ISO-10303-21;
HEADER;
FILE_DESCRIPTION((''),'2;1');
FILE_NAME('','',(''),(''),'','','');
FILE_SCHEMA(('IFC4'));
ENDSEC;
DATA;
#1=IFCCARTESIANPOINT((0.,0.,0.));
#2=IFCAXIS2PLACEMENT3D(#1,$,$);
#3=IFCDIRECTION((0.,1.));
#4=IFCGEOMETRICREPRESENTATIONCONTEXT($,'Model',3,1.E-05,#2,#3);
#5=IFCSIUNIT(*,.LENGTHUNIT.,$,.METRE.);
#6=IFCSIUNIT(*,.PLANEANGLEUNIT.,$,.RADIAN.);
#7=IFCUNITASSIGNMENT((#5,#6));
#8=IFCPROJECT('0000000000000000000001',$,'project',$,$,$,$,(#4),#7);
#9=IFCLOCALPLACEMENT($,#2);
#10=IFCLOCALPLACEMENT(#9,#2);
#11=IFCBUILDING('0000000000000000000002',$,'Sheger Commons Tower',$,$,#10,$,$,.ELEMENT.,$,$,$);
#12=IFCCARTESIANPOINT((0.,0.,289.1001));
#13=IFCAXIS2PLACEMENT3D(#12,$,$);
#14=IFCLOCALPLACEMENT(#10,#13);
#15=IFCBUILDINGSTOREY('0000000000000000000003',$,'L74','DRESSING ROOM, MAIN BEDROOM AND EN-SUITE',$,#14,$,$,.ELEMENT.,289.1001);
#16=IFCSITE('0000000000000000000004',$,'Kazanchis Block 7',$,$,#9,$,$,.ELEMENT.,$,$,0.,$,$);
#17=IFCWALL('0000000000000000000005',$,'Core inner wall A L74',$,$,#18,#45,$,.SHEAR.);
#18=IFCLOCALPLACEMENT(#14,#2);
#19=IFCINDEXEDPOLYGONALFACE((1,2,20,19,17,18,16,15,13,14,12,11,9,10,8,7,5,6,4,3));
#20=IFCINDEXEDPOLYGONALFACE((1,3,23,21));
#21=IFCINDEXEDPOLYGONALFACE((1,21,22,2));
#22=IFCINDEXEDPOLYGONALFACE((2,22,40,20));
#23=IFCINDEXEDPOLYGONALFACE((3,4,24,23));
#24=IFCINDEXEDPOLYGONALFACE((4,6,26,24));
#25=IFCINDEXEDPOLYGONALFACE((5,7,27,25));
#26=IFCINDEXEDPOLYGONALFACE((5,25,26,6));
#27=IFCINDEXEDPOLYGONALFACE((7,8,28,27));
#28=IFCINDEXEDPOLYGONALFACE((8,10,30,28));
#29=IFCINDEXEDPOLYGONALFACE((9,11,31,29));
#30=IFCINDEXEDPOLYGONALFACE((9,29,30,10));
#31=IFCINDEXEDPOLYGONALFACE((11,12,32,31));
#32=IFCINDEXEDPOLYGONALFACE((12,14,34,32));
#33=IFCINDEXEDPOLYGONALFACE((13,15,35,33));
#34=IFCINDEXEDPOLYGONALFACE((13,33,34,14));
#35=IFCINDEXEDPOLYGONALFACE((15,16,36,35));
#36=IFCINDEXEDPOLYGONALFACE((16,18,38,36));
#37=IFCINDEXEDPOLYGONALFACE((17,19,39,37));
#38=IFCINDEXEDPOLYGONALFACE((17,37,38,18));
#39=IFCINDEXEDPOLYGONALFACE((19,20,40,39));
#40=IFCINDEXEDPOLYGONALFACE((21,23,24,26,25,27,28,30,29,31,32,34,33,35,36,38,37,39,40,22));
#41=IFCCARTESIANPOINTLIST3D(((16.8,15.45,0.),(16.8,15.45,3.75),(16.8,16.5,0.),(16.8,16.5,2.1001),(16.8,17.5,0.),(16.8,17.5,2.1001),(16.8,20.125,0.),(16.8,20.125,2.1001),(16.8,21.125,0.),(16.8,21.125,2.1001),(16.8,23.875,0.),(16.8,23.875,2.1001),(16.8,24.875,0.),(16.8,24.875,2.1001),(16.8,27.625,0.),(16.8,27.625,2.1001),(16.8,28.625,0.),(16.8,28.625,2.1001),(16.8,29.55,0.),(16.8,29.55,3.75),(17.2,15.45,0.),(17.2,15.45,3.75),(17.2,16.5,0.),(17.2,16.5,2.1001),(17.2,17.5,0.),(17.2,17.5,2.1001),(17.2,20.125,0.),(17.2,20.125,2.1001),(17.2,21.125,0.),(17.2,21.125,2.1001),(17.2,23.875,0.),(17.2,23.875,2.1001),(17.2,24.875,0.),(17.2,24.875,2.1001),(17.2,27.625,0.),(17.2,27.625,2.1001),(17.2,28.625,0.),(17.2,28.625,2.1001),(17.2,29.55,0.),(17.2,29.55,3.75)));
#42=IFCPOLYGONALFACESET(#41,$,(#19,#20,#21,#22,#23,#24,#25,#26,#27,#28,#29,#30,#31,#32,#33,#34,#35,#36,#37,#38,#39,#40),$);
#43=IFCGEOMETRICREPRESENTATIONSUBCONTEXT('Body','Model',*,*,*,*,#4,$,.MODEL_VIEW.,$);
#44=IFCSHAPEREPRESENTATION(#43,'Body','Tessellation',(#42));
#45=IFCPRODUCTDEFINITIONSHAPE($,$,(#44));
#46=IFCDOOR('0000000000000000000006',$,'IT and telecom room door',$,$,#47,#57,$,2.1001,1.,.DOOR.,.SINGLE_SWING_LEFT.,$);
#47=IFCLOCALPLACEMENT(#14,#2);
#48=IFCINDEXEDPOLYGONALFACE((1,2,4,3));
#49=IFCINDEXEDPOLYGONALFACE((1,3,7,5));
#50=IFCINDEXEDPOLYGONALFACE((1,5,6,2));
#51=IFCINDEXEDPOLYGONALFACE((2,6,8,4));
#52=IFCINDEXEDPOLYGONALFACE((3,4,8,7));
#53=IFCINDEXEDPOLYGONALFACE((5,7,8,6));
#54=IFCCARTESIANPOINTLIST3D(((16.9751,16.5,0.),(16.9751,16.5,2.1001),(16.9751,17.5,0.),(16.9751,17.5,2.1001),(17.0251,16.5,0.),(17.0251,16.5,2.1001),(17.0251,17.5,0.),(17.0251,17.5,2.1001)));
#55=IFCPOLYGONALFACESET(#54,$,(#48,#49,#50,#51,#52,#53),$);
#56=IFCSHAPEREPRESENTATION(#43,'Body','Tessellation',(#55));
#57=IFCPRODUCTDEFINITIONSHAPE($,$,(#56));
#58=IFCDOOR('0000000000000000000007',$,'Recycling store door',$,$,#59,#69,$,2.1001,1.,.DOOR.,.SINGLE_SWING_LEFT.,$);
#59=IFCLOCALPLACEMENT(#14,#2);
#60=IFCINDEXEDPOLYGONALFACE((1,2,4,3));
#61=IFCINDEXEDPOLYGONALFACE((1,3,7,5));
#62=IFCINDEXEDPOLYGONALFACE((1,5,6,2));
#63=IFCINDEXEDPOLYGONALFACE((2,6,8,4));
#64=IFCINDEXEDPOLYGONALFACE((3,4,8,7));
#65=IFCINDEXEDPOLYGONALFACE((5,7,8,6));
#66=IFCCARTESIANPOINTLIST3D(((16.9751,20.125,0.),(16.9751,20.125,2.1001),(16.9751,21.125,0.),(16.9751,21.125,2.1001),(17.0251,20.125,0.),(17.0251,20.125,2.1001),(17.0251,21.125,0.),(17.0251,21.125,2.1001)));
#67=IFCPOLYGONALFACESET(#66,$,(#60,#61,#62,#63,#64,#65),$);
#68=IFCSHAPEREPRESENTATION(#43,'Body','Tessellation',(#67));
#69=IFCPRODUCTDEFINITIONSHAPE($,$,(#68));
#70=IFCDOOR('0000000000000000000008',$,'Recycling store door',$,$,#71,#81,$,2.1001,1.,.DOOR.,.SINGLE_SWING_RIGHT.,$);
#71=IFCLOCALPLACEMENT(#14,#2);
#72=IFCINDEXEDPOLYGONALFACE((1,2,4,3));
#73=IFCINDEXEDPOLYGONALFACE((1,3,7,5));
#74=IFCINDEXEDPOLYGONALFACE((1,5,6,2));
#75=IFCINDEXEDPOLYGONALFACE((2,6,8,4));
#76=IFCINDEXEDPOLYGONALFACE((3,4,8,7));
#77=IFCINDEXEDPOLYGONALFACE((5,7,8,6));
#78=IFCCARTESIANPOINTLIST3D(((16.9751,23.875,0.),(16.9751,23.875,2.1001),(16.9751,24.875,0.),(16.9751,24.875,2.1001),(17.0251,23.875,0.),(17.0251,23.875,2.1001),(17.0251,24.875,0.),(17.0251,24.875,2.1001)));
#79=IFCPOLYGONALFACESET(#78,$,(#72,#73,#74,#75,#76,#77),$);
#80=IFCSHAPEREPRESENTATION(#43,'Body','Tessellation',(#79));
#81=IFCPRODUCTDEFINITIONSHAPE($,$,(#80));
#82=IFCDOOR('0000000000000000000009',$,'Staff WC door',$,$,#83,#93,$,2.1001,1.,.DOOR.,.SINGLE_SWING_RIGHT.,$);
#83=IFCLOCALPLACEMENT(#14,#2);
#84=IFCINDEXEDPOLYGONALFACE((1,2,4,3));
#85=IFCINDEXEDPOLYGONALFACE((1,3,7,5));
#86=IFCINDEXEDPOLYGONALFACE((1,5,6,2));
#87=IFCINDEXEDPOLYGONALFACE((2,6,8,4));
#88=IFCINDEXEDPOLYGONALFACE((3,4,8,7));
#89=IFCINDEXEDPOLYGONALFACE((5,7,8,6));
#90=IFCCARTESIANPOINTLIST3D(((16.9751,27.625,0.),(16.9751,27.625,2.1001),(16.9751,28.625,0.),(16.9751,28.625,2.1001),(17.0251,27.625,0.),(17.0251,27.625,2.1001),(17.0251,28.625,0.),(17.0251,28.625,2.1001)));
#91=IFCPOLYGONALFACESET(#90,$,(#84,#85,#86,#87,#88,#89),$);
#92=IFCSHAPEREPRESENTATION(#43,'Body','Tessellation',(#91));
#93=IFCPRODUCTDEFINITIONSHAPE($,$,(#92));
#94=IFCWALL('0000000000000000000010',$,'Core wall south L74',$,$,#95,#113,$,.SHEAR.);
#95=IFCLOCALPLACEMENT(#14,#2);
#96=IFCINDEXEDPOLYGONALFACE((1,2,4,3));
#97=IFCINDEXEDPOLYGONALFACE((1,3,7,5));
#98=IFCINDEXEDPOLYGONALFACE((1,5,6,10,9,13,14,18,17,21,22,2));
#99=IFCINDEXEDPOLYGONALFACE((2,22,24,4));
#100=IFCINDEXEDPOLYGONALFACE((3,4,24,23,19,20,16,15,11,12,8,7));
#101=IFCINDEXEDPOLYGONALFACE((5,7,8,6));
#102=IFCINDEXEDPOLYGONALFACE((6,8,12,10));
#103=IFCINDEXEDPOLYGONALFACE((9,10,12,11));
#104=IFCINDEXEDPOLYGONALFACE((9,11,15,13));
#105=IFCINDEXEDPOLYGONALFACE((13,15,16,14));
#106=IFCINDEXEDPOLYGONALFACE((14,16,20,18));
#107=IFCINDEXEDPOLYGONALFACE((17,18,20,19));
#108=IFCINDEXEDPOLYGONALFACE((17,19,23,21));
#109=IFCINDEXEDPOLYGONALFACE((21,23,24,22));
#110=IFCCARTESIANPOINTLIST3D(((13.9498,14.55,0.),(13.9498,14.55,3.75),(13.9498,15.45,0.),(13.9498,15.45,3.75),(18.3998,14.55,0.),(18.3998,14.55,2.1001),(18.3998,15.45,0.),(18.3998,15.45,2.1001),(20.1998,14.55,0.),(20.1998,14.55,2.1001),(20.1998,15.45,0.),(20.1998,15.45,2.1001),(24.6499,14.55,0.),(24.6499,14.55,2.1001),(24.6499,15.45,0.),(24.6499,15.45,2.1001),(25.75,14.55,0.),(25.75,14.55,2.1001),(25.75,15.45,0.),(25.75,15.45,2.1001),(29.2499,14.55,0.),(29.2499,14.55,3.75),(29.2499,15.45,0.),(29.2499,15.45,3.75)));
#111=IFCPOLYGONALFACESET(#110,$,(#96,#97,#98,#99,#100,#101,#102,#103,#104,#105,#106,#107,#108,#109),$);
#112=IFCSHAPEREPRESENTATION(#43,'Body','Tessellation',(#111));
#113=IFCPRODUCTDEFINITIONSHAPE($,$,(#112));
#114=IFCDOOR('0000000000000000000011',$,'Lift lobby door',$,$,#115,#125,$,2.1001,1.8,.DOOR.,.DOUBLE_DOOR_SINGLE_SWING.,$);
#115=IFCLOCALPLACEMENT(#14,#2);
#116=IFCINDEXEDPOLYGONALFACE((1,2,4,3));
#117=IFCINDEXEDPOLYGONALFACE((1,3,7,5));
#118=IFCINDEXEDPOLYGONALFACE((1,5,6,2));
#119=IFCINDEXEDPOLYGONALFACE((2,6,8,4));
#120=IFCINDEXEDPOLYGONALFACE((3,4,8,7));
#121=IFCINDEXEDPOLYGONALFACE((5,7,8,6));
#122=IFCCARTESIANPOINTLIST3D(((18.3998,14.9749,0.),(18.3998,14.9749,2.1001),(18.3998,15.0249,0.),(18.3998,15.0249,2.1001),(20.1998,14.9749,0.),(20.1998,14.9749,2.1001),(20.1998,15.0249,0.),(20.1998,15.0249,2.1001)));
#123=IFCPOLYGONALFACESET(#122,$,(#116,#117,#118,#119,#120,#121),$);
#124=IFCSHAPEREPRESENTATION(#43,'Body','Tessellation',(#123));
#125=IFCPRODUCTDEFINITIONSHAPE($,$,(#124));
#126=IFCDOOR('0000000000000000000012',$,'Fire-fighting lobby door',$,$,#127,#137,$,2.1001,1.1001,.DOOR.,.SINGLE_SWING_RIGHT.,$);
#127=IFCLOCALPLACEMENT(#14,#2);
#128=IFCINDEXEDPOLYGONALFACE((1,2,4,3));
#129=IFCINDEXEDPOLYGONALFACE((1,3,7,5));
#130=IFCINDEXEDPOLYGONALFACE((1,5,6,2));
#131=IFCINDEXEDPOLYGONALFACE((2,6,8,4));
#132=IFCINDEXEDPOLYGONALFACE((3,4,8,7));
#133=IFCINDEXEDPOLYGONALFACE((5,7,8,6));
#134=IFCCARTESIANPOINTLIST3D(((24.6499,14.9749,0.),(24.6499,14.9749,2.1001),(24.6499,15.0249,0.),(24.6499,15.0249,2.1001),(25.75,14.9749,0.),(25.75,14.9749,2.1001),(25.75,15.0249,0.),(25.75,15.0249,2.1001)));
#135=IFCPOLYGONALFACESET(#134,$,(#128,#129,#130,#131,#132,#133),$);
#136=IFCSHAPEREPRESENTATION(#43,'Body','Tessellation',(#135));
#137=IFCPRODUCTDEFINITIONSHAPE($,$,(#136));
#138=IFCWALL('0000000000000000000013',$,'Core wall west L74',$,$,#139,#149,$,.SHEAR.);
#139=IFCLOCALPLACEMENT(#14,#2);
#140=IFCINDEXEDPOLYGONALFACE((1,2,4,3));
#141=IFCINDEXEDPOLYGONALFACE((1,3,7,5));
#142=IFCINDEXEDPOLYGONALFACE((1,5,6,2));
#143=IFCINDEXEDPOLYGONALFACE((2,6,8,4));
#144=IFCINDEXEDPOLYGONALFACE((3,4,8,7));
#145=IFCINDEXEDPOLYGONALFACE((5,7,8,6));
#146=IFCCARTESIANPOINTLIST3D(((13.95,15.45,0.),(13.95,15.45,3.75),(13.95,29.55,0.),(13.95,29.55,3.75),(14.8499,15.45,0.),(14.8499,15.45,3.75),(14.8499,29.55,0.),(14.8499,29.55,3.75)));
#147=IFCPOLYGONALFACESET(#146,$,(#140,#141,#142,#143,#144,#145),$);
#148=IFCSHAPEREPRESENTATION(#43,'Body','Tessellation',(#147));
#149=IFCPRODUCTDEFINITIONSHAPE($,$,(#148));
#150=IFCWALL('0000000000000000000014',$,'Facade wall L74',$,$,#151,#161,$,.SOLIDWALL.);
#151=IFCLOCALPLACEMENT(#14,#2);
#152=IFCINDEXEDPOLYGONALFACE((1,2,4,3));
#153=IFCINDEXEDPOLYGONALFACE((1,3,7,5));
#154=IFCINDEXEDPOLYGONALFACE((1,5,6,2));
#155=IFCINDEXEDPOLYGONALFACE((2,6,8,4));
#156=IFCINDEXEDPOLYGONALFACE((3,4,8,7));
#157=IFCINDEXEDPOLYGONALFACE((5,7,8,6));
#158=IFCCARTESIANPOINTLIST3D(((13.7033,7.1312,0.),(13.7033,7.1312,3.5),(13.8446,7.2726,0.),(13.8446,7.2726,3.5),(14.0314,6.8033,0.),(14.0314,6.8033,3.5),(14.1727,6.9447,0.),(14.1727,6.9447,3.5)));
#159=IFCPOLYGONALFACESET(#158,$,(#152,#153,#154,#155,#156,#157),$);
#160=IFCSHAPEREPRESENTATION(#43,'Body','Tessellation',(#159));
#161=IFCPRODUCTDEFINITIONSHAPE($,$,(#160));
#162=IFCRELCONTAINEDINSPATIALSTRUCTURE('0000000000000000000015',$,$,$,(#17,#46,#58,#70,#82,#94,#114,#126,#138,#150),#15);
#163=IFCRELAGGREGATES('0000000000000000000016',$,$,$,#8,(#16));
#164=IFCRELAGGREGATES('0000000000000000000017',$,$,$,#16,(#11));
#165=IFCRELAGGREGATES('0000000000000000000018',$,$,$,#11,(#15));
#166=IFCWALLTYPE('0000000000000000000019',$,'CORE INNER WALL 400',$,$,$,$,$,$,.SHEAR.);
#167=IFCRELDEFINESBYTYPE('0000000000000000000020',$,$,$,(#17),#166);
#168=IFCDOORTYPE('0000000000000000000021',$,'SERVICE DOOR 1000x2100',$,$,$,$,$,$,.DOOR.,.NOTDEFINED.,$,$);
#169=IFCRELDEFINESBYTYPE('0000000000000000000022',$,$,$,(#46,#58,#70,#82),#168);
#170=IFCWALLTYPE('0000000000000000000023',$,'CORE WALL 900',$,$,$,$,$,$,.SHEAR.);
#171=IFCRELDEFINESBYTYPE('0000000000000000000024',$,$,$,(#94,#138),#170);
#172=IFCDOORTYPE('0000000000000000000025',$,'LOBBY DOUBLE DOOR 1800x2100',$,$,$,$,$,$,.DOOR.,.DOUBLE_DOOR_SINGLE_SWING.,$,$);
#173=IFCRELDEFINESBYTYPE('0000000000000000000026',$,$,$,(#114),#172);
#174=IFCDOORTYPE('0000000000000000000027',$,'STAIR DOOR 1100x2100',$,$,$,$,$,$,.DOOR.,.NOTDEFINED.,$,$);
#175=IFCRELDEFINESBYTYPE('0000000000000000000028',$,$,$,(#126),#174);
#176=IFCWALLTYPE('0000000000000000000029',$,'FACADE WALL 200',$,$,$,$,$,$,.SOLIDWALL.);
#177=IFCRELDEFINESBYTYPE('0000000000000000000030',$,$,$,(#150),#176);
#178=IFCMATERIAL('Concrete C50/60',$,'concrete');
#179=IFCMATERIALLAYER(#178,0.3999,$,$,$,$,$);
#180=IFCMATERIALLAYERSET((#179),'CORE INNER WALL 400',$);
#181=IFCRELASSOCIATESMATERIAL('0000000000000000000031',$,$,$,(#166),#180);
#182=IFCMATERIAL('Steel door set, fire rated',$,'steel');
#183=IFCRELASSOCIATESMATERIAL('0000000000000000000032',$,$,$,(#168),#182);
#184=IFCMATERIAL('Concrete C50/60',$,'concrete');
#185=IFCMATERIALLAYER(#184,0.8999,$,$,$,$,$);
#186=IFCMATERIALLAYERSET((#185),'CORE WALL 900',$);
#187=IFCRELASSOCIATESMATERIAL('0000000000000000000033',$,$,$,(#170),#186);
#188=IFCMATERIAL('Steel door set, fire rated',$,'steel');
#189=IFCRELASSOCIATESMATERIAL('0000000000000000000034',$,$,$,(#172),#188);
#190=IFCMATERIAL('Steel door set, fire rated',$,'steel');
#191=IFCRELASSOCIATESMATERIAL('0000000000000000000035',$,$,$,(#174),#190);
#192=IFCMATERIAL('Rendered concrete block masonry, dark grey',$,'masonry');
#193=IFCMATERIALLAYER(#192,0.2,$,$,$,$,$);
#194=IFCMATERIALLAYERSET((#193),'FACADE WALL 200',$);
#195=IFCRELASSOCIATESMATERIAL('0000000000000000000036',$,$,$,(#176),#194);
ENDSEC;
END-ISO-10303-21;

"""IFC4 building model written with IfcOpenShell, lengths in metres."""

from ifc_helpers import new_model, si_unit, direction, frame, frame_2d, origin, place, context, subcontext, project, spatial, rectangle, extrude, material, layer, layer_set, type_object, element, fill, save


model = new_model("IFC4")

# Units and contexts
model_context = context("Model", 3, precision=1e-05, world=origin(), true_north=direction((0.0, 1.0)))
body_context = subcontext(model_context, "Body", "Model", "MODEL_VIEW")
ifc_project = project(units=[si_unit("LENGTHUNIT", "METRE"), si_unit("PLANEANGLEUNIT", "RADIAN")], contexts=[model_context])

# Site, building, storey
site_placement = place(None, origin())
site = spatial("IfcSite", under=ifc_project, at=site_placement, Name="Kazanchis Block 7", CompositionType="ELEMENT", RefElevation=0.0)
building_placement = place(site_placement, origin())
building = spatial("IfcBuilding", under=site, at=building_placement, Name="Sheger Commons Tower", CompositionType="ELEMENT")
storey_placement = place(building_placement, frame((0.0, 0.0, 289.1001)))
storey = spatial("IfcBuildingStorey", under=building, at=storey_placement, Name="L74", Description="DRESSING ROOM, MAIN BEDROOM AND EN-SUITE", CompositionType="ELEMENT", Elevation=289.1001)

# Walls, openings, doors
ifc_material_1 = material(Name="Concrete C50/60", Category="concrete")
ifc_layer_1 = layer(ifc_material_1, 0.3999)
ifc_layer_set_1 = layer_set([ifc_layer_1], Name="CORE INNER WALL 400")
wall_type_1 = type_object("IfcWallType", Name="CORE INNER WALL 400", PredefinedType="SHEAR", material=ifc_layer_set_1)
wall_1_placement = place(storey_placement, frame((17.0, 15.45, 0.0), z_axis=(0.0, 0.0, 1.0), x_axis=(0.0, 1.0, 0.0)))
wall_1 = element("IfcWall", 1, at=wall_1_placement, inside=storey, type_object=wall_type_1, Name="Core inner wall A L74", PredefinedType="SHEAR", context=body_context, shape_type="SweptSolid", body=[
    extrude(rectangle(XDim=14.1001, YDim=0.3999, at=frame_2d((7.05, 0.0))), origin(), (0.0, 0.0, 1.0), 3.75),
])
opening_1_placement = place(wall_1_placement, frame((1.05, 0.0, 0.0)))
opening_1 = element("IfcOpeningElement", 2, at=opening_1_placement, cuts=wall_1, PredefinedType="OPENING", context=body_context, shape_type="SweptSolid", body=[
    extrude(rectangle(XDim=1.0, YDim=2.1001, at=frame_2d((0.5, 1.05))), frame((0.0, 0.21, 0.0), z_axis=(0.0, -1.0, 0.0), x_axis=(1.0, 0.0, 0.0)), (0.0, 0.0, 1.0), 0.4199),
])
opening_2_placement = place(wall_1_placement, frame((4.675, 0.0, 0.0)))
opening_2 = element("IfcOpeningElement", 3, at=opening_2_placement, cuts=wall_1, PredefinedType="OPENING", context=body_context, shape_type="SweptSolid", body=[
    extrude(rectangle(XDim=1.0, YDim=2.1001, at=frame_2d((0.5, 1.05))), frame((0.0, 0.21, 0.0), z_axis=(0.0, -1.0, 0.0), x_axis=(1.0, 0.0, 0.0)), (0.0, 0.0, 1.0), 0.4199),
])
opening_3_placement = place(wall_1_placement, frame((8.425, 0.0, 0.0)))
opening_3 = element("IfcOpeningElement", 4, at=opening_3_placement, cuts=wall_1, PredefinedType="OPENING", context=body_context, shape_type="SweptSolid", body=[
    extrude(rectangle(XDim=1.0, YDim=2.1001, at=frame_2d((0.5, 1.05))), frame((0.0, 0.21, 0.0), z_axis=(0.0, -1.0, 0.0), x_axis=(1.0, 0.0, 0.0)), (0.0, 0.0, 1.0), 0.4199),
])
opening_4_placement = place(wall_1_placement, frame((12.175, 0.0, 0.0)))
opening_4 = element("IfcOpeningElement", 5, at=opening_4_placement, cuts=wall_1, PredefinedType="OPENING", context=body_context, shape_type="SweptSolid", body=[
    extrude(rectangle(XDim=1.0, YDim=2.1001, at=frame_2d((0.5, 1.05))), frame((0.0, 0.21, 0.0), z_axis=(0.0, -1.0, 0.0), x_axis=(1.0, 0.0, 0.0)), (0.0, 0.0, 1.0), 0.4199),
])
ifc_material_2 = material(Name="Steel door set, fire rated", Category="steel")
door_type_1 = type_object("IfcDoorType", Name="SERVICE DOOR 1000x2100", OperationType="NOTDEFINED", PredefinedType="DOOR", material=ifc_material_2)
door_1_placement = place(opening_1_placement, origin())
door_1 = element("IfcDoor", 6, at=door_1_placement, inside=storey, type_object=door_type_1, Name="IT and telecom room door", OperationType="SINGLE_SWING_LEFT", OverallHeight=2.1001, OverallWidth=1.0, PredefinedType="DOOR", context=body_context, shape_type="SweptSolid", body=[
    extrude(rectangle(XDim=1.0, YDim=2.1001, at=frame_2d((0.5, 1.05))), frame((0.0, 0.0249, 0.0), z_axis=(0.0, -1.0, 0.0), x_axis=(1.0, 0.0, 0.0)), (0.0, 0.0, 1.0), 0.05),
])
fill(opening_1, door_1)
door_2_placement = place(opening_2_placement, origin())
door_2 = element("IfcDoor", 7, at=door_2_placement, inside=storey, type_object=door_type_1, Name="Recycling store door", OperationType="SINGLE_SWING_LEFT", OverallHeight=2.1001, OverallWidth=1.0, PredefinedType="DOOR", context=body_context, shape_type="SweptSolid", body=[
    extrude(rectangle(XDim=1.0, YDim=2.1001, at=frame_2d((0.5, 1.05))), frame((0.0, 0.0249, 0.0), z_axis=(0.0, -1.0, 0.0), x_axis=(1.0, 0.0, 0.0)), (0.0, 0.0, 1.0), 0.05),
])
fill(opening_2, door_2)
door_3_placement = place(opening_3_placement, origin())
door_3 = element("IfcDoor", 8, at=door_3_placement, inside=storey, type_object=door_type_1, Name="Recycling store door", OperationType="SINGLE_SWING_RIGHT", OverallHeight=2.1001, OverallWidth=1.0, PredefinedType="DOOR", context=body_context, shape_type="SweptSolid", body=[
    extrude(rectangle(XDim=1.0, YDim=2.1001, at=frame_2d((0.5, 1.05))), frame((0.0, 0.0249, 0.0), z_axis=(0.0, -1.0, 0.0), x_axis=(1.0, 0.0, 0.0)), (0.0, 0.0, 1.0), 0.05),
])
fill(opening_3, door_3)
door_4_placement = place(opening_4_placement, origin())
door_4 = element("IfcDoor", 9, at=door_4_placement, inside=storey, type_object=door_type_1, Name="Staff WC door", OperationType="SINGLE_SWING_RIGHT", OverallHeight=2.1001, OverallWidth=1.0, PredefinedType="DOOR", context=body_context, shape_type="SweptSolid", body=[
    extrude(rectangle(XDim=1.0, YDim=2.1001, at=frame_2d((0.5, 1.05))), frame((0.0, 0.0249, 0.0), z_axis=(0.0, -1.0, 0.0), x_axis=(1.0, 0.0, 0.0)), (0.0, 0.0, 1.0), 0.05),
])
fill(opening_4, door_4)
ifc_material_3 = material(Name="Concrete C50/60", Category="concrete")
ifc_layer_2 = layer(ifc_material_3, 0.8999)
ifc_layer_set_2 = layer_set([ifc_layer_2], Name="CORE WALL 900")
wall_type_2 = type_object("IfcWallType", Name="CORE WALL 900", PredefinedType="SHEAR", material=ifc_layer_set_2)
wall_2_placement = place(storey_placement, frame((13.95, 15.0, 0.0), z_axis=(0.0, 0.0, 1.0), x_axis=(1.0, 0.0, 0.0)))
wall_2 = element("IfcWall", 10, at=wall_2_placement, inside=storey, type_object=wall_type_2, Name="Core wall south L74", PredefinedType="SHEAR", context=body_context, shape_type="SweptSolid", body=[
    extrude(rectangle(XDim=15.3, YDim=0.8999, at=frame_2d((7.6499, 0.0))), origin(), (0.0, 0.0, 1.0), 3.75),
])
opening_5_placement = place(wall_2_placement, frame((4.45, 0.0, 0.0)))
opening_5 = element("IfcOpeningElement", 11, at=opening_5_placement, cuts=wall_2, PredefinedType="OPENING", context=body_context, shape_type="SweptSolid", body=[
    extrude(rectangle(XDim=1.8, YDim=2.1001, at=frame_2d((0.8999, 1.05))), frame((0.0, 0.46, 0.0), z_axis=(0.0, -1.0, 0.0), x_axis=(1.0, 0.0, 0.0)), (0.0, 0.0, 1.0), 0.9199),
])
opening_6_placement = place(wall_2_placement, frame((10.7, 0.0, 0.0)))
opening_6 = element("IfcOpeningElement", 12, at=opening_6_placement, cuts=wall_2, PredefinedType="OPENING", context=body_context, shape_type="SweptSolid", body=[
    extrude(rectangle(XDim=1.1001, YDim=2.1001, at=frame_2d((0.55, 1.05))), frame((0.0, 0.46, 0.0), z_axis=(0.0, -1.0, 0.0), x_axis=(1.0, 0.0, 0.0)), (0.0, 0.0, 1.0), 0.9199),
])
ifc_material_4 = material(Name="Steel door set, fire rated", Category="steel")
door_type_2 = type_object("IfcDoorType", Name="LOBBY DOUBLE DOOR 1800x2100", OperationType="DOUBLE_DOOR_SINGLE_SWING", PredefinedType="DOOR", material=ifc_material_4)
door_5_placement = place(opening_5_placement, origin())
door_5 = element("IfcDoor", 13, at=door_5_placement, inside=storey, type_object=door_type_2, Name="Lift lobby door", OperationType="DOUBLE_DOOR_SINGLE_SWING", OverallHeight=2.1001, OverallWidth=1.8, PredefinedType="DOOR", context=body_context, shape_type="SweptSolid", body=[
    extrude(rectangle(XDim=1.8, YDim=2.1001, at=frame_2d((0.8999, 1.05))), frame((0.0, 0.0249, 0.0), z_axis=(0.0, -1.0, 0.0), x_axis=(1.0, 0.0, 0.0)), (0.0, 0.0, 1.0), 0.05),
])
fill(opening_5, door_5)
ifc_material_5 = material(Name="Steel door set, fire rated", Category="steel")
door_type_3 = type_object("IfcDoorType", Name="STAIR DOOR 1100x2100", OperationType="NOTDEFINED", PredefinedType="DOOR", material=ifc_material_5)
door_6_placement = place(opening_6_placement, origin())
door_6 = element("IfcDoor", 14, at=door_6_placement, inside=storey, type_object=door_type_3, Name="Fire-fighting lobby door", OperationType="SINGLE_SWING_RIGHT", OverallHeight=2.1001, OverallWidth=1.1001, PredefinedType="DOOR", context=body_context, shape_type="SweptSolid", body=[
    extrude(rectangle(XDim=1.1001, YDim=2.1001, at=frame_2d((0.55, 1.05))), frame((0.0, 0.0249, 0.0), z_axis=(0.0, -1.0, 0.0), x_axis=(1.0, 0.0, 0.0)), (0.0, 0.0, 1.0), 0.05),
])
fill(opening_6, door_6)

# Walls
wall_3_placement = place(storey_placement, frame((14.3999, 15.45, 0.0), z_axis=(0.0, 0.0, 1.0), x_axis=(0.0, 1.0, 0.0)))
element("IfcWall", 15, at=wall_3_placement, inside=storey, type_object=wall_type_2, Name="Core wall west L74", PredefinedType="SHEAR", context=body_context, shape_type="SweptSolid", body=[
    extrude(rectangle(XDim=14.1001, YDim=0.8999, at=frame_2d((7.05, 0.0))), origin(), (0.0, 0.0, 1.0), 3.75),
])
ifc_material_6 = material(Name="Rendered concrete block masonry, dark grey", Category="masonry")
ifc_layer_3 = layer(ifc_material_6, 0.2)
ifc_layer_set_3 = layer_set([ifc_layer_3], Name="FACADE WALL 200")
wall_type_3 = type_object("IfcWallType", Name="FACADE WALL 200", PredefinedType="SOLIDWALL", material=ifc_layer_set_3)
wall_4_placement = place(storey_placement, frame((13.7739, 7.2019, 0.0), z_axis=(0.0, 0.0, 1.0), x_axis=(0.70737, -0.706844, 0.0)))
element("IfcWall", 16, at=wall_4_placement, inside=storey, type_object=wall_type_3, Name="Facade wall L74", PredefinedType="SOLIDWALL", context=body_context, shape_type="SweptSolid", body=[
    extrude(rectangle(XDim=0.4639, YDim=0.2, at=frame_2d((0.2319, 0.0))), origin(), (0.0, 0.0, 1.0), 3.5),
])

save(model, "model.ifc")
